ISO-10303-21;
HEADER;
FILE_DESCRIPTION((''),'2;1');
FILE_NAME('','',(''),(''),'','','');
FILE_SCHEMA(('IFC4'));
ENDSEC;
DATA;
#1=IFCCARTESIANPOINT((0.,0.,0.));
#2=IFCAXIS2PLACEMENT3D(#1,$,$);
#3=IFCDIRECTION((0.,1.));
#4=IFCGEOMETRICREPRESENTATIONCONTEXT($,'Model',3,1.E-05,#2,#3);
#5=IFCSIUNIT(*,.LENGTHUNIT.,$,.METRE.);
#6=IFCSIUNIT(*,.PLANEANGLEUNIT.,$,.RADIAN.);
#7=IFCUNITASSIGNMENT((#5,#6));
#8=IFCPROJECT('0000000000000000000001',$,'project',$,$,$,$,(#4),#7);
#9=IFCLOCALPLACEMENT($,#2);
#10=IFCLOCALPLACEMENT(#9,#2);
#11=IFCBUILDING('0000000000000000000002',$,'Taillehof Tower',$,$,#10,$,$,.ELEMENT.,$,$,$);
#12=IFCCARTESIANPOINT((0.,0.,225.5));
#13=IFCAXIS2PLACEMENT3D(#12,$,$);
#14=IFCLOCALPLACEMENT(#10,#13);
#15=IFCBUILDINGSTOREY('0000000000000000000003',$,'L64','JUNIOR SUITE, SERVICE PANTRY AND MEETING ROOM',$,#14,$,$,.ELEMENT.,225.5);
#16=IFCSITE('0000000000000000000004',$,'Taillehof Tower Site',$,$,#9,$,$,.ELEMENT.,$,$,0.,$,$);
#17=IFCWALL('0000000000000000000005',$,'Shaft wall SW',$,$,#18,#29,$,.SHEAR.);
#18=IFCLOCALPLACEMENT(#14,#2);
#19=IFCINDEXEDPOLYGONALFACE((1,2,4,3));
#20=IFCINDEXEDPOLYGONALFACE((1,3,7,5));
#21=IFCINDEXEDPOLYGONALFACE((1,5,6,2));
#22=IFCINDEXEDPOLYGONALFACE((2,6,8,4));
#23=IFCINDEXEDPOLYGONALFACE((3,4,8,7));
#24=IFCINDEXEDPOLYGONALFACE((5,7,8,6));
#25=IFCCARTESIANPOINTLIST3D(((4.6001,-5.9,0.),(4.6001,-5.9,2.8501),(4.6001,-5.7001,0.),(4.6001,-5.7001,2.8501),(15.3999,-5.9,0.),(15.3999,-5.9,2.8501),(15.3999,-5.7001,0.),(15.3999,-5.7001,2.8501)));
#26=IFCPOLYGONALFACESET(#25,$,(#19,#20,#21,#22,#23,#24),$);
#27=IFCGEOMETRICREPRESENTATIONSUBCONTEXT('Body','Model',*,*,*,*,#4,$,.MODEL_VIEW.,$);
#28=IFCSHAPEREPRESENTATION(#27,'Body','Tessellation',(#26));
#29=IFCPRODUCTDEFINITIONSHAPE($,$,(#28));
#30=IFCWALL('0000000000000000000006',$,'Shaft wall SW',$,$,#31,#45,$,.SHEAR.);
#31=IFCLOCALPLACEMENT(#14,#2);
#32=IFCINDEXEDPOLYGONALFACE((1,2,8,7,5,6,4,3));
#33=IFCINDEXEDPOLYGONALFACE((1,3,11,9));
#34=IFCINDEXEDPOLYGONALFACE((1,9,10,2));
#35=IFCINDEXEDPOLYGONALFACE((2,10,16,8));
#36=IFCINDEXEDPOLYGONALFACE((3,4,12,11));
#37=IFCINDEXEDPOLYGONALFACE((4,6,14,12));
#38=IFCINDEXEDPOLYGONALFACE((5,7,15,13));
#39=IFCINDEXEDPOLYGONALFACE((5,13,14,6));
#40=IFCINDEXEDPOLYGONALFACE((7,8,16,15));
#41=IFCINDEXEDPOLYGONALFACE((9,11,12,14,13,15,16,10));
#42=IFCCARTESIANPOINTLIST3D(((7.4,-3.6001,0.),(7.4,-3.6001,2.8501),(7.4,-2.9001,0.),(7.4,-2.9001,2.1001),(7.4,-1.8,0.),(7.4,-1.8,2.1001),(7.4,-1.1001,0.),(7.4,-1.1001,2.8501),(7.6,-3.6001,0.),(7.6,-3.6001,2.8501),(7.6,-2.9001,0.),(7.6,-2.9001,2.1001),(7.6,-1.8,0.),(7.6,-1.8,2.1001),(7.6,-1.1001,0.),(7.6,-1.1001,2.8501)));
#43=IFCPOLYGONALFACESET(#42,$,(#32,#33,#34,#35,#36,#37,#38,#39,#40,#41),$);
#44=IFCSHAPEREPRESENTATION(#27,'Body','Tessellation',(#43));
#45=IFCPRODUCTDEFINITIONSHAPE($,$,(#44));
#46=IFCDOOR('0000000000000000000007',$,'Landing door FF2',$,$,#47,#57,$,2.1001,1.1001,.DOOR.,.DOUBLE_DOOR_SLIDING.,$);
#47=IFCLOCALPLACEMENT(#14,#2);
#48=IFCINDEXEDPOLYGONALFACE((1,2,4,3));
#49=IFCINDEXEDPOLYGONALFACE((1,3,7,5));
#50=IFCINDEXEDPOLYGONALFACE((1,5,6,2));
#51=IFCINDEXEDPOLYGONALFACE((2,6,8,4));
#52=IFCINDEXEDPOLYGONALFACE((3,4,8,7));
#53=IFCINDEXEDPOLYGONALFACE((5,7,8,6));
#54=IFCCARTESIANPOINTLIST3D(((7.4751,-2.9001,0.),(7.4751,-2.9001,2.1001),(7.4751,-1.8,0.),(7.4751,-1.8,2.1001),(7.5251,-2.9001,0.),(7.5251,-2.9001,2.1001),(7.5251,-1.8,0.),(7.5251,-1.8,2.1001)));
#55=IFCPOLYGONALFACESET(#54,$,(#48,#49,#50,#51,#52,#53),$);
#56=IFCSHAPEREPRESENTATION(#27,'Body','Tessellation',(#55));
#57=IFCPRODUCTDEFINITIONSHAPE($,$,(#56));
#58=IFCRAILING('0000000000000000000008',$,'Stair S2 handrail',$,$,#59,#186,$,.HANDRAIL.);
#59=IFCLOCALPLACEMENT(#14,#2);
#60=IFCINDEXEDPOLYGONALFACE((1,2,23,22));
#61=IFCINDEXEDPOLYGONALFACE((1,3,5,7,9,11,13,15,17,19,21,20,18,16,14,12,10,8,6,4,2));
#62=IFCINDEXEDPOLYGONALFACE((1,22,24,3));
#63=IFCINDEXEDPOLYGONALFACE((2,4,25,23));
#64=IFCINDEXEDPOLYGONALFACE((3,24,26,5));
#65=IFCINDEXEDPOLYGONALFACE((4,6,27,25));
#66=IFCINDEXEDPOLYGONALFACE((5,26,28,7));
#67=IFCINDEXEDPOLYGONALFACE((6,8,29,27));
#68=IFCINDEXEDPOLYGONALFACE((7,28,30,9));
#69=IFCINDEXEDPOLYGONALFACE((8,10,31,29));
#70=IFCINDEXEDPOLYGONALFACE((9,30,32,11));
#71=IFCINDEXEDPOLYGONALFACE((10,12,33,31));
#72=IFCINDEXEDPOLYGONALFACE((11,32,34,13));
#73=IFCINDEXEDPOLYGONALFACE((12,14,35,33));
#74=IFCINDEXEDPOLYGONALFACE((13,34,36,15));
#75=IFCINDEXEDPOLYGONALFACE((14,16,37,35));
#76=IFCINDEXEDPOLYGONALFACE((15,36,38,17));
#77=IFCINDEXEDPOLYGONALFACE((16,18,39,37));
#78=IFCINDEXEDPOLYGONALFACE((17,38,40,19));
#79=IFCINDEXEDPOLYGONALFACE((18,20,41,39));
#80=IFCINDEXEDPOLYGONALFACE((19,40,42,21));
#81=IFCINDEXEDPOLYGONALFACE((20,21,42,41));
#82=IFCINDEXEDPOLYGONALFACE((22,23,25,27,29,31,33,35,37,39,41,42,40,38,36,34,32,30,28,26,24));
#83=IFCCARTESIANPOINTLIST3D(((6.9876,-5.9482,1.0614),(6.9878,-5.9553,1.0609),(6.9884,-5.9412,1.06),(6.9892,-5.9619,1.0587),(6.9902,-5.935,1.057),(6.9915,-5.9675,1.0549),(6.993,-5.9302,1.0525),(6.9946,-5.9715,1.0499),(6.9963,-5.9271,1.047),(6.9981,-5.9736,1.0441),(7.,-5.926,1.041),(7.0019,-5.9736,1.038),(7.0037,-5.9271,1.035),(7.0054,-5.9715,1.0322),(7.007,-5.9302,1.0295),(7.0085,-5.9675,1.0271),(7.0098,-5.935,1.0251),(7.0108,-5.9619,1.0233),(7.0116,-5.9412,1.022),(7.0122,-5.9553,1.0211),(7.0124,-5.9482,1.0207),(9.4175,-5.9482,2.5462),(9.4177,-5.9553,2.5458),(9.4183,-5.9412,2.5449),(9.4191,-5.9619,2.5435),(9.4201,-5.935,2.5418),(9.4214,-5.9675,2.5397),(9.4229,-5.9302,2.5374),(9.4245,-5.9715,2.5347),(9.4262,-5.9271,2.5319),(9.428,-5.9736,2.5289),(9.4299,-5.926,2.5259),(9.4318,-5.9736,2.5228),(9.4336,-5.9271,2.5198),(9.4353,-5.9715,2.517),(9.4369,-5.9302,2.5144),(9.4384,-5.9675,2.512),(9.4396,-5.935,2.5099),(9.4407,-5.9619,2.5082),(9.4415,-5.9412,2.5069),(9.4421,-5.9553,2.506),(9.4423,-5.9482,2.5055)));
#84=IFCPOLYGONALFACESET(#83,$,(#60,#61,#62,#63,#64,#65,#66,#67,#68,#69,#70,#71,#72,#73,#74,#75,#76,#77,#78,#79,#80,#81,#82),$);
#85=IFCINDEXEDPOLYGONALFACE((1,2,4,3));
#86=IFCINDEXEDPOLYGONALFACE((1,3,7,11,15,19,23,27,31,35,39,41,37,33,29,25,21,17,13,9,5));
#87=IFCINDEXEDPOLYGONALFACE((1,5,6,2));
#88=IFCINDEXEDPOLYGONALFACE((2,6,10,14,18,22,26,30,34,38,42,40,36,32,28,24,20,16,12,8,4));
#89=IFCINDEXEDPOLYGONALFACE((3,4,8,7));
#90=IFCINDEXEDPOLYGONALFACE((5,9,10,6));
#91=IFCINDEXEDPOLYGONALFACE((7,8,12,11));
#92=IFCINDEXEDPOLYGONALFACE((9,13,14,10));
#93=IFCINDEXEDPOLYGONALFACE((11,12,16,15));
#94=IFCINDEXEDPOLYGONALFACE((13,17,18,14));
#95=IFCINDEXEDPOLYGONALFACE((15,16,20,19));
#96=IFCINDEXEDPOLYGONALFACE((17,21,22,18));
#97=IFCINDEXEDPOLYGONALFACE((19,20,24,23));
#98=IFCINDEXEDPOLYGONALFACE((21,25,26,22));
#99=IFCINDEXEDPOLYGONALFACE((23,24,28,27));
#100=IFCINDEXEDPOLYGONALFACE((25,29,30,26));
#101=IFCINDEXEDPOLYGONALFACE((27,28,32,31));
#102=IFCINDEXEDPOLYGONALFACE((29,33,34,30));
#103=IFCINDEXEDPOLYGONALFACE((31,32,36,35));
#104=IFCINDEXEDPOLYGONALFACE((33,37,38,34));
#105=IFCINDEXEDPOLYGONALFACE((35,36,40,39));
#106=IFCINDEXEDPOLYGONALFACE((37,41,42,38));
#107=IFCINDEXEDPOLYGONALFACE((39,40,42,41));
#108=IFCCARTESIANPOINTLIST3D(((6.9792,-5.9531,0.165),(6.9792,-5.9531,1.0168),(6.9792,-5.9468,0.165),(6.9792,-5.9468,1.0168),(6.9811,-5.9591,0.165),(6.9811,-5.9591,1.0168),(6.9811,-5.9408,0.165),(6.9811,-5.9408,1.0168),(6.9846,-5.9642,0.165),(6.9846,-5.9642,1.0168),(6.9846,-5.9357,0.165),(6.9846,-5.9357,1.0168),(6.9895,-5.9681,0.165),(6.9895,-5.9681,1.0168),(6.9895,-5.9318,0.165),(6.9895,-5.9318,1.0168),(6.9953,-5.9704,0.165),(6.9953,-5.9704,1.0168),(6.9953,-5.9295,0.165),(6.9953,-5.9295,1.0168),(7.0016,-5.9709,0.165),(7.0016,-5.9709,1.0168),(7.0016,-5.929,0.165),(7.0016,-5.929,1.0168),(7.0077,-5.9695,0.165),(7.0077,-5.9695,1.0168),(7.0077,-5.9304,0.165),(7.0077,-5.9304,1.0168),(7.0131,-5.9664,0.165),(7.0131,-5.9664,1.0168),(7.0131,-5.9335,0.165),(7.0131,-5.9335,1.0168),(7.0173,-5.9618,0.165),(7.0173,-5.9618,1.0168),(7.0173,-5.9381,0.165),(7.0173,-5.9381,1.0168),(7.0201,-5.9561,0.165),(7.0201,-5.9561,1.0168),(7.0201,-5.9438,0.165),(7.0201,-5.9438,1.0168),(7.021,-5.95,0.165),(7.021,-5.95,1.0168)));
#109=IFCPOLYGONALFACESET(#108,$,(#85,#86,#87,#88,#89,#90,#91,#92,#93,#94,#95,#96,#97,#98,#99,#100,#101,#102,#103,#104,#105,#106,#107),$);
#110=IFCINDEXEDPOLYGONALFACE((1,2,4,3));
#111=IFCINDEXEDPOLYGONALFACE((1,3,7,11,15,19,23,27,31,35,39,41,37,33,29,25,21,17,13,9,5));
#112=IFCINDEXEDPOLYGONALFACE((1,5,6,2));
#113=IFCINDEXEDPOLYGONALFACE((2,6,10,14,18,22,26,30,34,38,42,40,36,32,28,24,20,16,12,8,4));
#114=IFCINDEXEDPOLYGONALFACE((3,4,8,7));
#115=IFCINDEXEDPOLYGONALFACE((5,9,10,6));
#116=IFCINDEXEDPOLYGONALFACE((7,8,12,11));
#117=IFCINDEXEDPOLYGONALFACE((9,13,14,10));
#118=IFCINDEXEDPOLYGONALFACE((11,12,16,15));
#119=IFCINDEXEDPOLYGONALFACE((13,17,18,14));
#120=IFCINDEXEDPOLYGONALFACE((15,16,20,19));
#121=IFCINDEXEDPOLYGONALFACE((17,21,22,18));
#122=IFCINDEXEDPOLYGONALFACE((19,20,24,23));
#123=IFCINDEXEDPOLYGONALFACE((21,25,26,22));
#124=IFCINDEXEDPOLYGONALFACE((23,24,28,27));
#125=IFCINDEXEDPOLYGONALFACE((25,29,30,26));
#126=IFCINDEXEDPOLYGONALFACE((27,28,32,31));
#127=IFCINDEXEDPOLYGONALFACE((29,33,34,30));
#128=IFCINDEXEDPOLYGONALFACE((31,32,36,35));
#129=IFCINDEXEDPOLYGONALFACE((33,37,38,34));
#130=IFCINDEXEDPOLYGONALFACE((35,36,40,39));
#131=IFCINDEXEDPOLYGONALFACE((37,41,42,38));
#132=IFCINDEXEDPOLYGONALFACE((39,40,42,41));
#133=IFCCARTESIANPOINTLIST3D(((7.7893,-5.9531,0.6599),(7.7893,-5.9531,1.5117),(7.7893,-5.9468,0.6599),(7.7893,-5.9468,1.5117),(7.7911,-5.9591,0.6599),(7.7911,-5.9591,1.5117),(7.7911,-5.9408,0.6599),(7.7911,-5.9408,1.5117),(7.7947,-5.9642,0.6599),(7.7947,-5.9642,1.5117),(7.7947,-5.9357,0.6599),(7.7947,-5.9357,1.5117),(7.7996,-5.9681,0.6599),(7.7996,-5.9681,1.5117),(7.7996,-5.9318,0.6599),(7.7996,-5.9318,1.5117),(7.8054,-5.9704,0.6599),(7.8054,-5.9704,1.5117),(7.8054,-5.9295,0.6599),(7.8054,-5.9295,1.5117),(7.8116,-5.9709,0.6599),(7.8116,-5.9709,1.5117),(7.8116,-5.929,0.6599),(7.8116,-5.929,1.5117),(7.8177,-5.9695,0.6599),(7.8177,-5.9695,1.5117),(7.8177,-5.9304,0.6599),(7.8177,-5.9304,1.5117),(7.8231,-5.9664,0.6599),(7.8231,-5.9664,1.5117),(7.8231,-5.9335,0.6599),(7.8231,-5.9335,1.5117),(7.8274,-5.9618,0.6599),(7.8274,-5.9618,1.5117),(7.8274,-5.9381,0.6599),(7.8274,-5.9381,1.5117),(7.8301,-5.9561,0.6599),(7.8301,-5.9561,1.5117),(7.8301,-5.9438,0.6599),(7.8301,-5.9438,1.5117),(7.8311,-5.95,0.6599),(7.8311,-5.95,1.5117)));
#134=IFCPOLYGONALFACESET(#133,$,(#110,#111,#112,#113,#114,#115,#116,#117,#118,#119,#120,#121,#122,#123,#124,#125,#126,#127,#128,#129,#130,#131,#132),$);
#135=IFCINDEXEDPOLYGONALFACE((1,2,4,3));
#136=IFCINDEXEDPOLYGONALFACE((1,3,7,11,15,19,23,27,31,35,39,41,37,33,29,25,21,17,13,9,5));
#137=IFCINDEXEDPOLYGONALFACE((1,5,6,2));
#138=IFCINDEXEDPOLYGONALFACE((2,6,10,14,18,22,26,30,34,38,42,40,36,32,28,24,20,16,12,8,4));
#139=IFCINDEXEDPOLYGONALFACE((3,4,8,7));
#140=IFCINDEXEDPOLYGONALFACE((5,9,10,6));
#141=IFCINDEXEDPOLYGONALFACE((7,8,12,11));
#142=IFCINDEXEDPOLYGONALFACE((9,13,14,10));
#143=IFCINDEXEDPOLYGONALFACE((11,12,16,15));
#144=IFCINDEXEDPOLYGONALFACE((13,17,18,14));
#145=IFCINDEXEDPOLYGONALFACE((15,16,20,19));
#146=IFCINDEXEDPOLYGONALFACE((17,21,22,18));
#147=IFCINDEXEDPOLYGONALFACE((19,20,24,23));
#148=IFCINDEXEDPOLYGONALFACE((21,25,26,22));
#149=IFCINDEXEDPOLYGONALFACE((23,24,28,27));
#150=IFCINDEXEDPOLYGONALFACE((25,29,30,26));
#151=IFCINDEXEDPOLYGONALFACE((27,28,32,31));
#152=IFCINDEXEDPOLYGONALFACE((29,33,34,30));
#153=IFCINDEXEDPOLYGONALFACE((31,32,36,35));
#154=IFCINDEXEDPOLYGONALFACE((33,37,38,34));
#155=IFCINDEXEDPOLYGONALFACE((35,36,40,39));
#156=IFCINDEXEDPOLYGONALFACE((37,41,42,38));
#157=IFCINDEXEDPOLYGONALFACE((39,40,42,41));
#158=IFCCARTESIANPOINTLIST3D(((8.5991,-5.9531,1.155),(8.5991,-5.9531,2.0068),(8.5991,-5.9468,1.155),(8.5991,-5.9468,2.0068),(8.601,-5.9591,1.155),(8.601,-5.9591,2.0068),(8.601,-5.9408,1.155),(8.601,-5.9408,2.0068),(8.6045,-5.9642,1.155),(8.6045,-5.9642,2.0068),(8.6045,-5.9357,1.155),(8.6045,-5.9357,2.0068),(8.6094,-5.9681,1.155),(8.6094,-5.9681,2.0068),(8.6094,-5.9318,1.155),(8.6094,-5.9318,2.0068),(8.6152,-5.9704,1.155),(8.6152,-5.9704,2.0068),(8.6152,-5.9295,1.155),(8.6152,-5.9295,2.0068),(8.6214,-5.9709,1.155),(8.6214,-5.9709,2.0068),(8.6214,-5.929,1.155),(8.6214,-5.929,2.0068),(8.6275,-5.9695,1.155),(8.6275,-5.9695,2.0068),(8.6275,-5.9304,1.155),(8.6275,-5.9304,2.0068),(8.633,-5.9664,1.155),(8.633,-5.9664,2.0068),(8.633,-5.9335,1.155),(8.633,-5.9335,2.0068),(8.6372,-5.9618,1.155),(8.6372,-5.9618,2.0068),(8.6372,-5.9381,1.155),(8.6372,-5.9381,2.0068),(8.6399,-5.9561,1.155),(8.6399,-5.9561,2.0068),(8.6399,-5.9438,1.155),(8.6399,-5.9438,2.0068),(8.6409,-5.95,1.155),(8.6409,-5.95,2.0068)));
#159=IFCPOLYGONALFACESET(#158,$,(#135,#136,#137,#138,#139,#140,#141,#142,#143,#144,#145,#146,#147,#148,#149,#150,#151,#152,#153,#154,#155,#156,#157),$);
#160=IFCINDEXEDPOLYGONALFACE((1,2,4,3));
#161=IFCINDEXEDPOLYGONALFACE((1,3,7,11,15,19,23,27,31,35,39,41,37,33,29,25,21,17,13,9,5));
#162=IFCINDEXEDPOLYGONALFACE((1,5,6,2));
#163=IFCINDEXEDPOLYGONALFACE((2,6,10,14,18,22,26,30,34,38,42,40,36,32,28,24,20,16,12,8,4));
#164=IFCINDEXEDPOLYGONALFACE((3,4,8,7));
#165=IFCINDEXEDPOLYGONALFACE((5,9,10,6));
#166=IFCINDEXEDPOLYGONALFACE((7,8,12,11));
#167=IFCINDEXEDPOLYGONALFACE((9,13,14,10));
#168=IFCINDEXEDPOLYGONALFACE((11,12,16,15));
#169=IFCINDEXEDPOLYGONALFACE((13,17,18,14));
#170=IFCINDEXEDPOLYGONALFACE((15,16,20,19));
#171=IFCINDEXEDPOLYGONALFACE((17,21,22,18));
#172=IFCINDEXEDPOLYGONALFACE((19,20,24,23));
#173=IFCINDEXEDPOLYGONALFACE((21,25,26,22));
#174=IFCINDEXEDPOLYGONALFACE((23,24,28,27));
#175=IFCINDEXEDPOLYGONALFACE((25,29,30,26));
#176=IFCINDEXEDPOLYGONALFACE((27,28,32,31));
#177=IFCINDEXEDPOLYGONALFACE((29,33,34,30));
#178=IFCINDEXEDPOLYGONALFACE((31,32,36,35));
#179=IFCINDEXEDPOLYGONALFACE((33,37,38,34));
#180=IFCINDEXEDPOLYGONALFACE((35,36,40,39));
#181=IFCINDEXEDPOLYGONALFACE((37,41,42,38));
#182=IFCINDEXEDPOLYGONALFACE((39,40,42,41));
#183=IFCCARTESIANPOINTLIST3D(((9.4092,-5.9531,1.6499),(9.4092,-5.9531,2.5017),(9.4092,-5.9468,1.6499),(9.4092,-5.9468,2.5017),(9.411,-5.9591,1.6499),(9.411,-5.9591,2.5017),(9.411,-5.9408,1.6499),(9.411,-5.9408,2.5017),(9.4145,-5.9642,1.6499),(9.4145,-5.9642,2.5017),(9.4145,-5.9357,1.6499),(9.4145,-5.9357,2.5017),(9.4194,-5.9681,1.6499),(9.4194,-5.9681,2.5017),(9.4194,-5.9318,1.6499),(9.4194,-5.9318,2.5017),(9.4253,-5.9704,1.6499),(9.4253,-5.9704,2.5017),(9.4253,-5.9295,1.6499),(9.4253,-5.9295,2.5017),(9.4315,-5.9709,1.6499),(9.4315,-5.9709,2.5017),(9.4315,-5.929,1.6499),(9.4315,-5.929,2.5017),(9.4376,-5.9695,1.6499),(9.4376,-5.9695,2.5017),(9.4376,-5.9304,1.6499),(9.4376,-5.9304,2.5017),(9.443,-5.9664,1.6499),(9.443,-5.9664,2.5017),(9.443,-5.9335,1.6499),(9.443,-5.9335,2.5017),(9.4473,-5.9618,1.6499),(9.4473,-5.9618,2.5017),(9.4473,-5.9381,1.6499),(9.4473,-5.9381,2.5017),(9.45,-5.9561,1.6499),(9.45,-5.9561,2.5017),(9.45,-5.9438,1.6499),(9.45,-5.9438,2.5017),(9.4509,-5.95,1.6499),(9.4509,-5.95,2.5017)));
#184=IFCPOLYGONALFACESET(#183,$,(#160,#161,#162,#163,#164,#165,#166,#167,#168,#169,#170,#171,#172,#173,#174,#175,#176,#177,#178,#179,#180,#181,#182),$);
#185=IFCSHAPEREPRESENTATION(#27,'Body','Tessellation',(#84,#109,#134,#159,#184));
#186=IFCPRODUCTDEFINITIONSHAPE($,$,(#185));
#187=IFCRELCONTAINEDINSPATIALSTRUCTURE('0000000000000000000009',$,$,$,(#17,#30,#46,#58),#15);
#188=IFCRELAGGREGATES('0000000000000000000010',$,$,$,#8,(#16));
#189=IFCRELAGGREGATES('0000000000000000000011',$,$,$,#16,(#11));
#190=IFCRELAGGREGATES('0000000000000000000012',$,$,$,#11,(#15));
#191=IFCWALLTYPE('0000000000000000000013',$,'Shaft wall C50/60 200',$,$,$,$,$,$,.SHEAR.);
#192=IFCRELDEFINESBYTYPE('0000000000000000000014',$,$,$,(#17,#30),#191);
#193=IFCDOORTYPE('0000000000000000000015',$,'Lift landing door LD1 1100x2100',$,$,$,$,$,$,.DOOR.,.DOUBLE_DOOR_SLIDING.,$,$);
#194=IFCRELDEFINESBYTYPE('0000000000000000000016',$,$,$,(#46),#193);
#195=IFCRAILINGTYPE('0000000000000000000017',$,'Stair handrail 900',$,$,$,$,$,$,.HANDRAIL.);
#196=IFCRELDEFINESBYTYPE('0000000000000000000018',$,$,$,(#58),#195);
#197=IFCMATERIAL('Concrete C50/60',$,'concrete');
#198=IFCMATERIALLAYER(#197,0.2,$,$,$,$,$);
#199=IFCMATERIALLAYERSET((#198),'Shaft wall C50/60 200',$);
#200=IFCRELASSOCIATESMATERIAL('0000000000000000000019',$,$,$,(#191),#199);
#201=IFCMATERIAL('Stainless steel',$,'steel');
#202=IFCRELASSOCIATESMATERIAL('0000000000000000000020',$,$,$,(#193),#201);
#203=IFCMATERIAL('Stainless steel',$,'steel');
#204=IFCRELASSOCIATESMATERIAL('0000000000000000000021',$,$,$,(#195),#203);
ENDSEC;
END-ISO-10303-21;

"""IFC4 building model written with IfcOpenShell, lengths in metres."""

from ifc_helpers import new_model, si_unit, direction, frame, frame_2d, origin, origin_2d, place, context, subcontext, project, spatial, rectangle, circle, extrude, material, layer, layer_set, type_object, element, fill, save


model = new_model("IFC4")

# Units and contexts
model_context = context("Model", 3, precision=1e-05, world=origin(), true_north=direction((0.0, 1.0)))
body_context = subcontext(model_context, "Body", "Model", "MODEL_VIEW")
ifc_project = project(units=[si_unit("LENGTHUNIT", "METRE"), si_unit("PLANEANGLEUNIT", "RADIAN")], contexts=[model_context])

# Site, building, storey
site_placement = place(None, origin())
site = spatial("IfcSite", under=ifc_project, at=site_placement, Name="Taillehof Tower Site", CompositionType="ELEMENT", RefElevation=0.0)
building_placement = place(site_placement, origin())
building = spatial("IfcBuilding", under=site, at=building_placement, Name="Taillehof Tower", CompositionType="ELEMENT")
storey_placement = place(building_placement, frame((0.0, 0.0, 225.5)))
storey = spatial("IfcBuildingStorey", under=building, at=storey_placement, Name="L64", Description="JUNIOR SUITE, SERVICE PANTRY AND MEETING ROOM", CompositionType="ELEMENT", Elevation=225.5)

# Shared definitions
ifc_material_1 = material(Name="Concrete C50/60", Category="concrete")
ifc_layer_1 = layer(ifc_material_1, 0.2)
ifc_layer_set_1 = layer_set([ifc_layer_1], Name="Shaft wall C50/60 200")
wall_type_1 = type_object("IfcWallType", Name="Shaft wall C50/60 200", PredefinedType="SHEAR", material=ifc_layer_set_1)

# Shared definitions
ifc_material_2 = material(Name="Stainless steel", Category="steel")
door_type_1 = type_object("IfcDoorType", Name="Lift landing door LD1 1100x2100", OperationType="DOUBLE_DOOR_SLIDING", PredefinedType="DOOR", material=ifc_material_2)

# Wall
wall_1_placement = place(storey_placement, frame((4.6001, -5.8, 0.0), z_axis=(0.0, 0.0, 1.0), x_axis=(1.0, 0.0, 0.0)))
element("IfcWall", 1, at=wall_1_placement, inside=storey, type_object=wall_type_1, Name="Shaft wall SW", PredefinedType="SHEAR", context=body_context, shape_type="SweptSolid", body=[
    extrude(rectangle(XDim=10.7998, YDim=0.2, at=frame_2d((5.3999, 0.0))), origin(), (0.0, 0.0, 1.0), 2.8501),
])

# Wall, opening, door
wall_2_placement = place(storey_placement, frame((7.5, -3.6001, 0.0), z_axis=(0.0, 0.0, 1.0), x_axis=(0.0, 1.0, 0.0)))
wall_2 = element("IfcWall", 2, at=wall_2_placement, inside=storey, type_object=wall_type_1, Name="Shaft wall SW", PredefinedType="SHEAR", context=body_context, shape_type="SweptSolid", body=[
    extrude(rectangle(XDim=2.5, YDim=0.2, at=frame_2d((1.25, 0.0))), origin(), (0.0, 0.0, 1.0), 2.8501),
])
opening_1_placement = place(wall_2_placement, frame((0.7, 0.0, 0.0)))
opening_1 = element("IfcOpeningElement", 3, at=opening_1_placement, cuts=wall_2, PredefinedType="OPENING", context=body_context, shape_type="SweptSolid", body=[
    extrude(rectangle(XDim=1.1001, YDim=2.1001, at=frame_2d((0.55, 1.05))), frame((0.0, 0.1099, 0.0), z_axis=(0.0, -1.0, 0.0), x_axis=(1.0, 0.0, 0.0)), (0.0, 0.0, 1.0), 0.22),
])
door_1_placement = place(opening_1_placement, origin())
door_1 = element("IfcDoor", 4, at=door_1_placement, inside=storey, type_object=door_type_1, Name="Landing door FF2", OperationType="DOUBLE_DOOR_SLIDING", OverallHeight=2.1001, OverallWidth=1.1001, PredefinedType="DOOR", context=body_context, shape_type="SweptSolid", body=[
    extrude(rectangle(XDim=1.1001, YDim=2.1001, at=frame_2d((0.55, 1.05))), frame((0.0, 0.0249, 0.0), z_axis=(0.0, -1.0, 0.0), x_axis=(1.0, 0.0, 0.0)), (0.0, 0.0, 1.0), 0.05),
])
fill(opening_1, door_1)

# Railing
ifc_material_3 = material(Name="Stainless steel", Category="steel")
railing_type = type_object("IfcRailingType", Name="Stair handrail 900", PredefinedType="HANDRAIL", material=ifc_material_3)
railing_placement = place(storey_placement, frame((7.0, -5.95, 0.165)))
element("IfcRailing", 5, at=railing_placement, inside=storey, type_object=railing_type, Name="Stair S2 handrail", PredefinedType="HANDRAIL", context=body_context, shape_type="SweptSolid", body=[
    extrude(circle(Radius=0.0239, at=origin_2d()), frame((0.0, 0.0, 0.876), z_axis=(0.853297, 0.0, 0.521426), x_axis=(0.0, 1.0, 0.0)), (0.0, 0.0, 1.0), 2.8477),
    extrude(circle(Radius=0.021, at=origin_2d()), origin(), (0.0, 0.0, 1.0), 0.8518),
    extrude(circle(Radius=0.021, at=origin_2d()), frame((0.8101, 0.0, 0.4949)), (0.0, 0.0, 1.0), 0.8518),
    extrude(circle(Radius=0.021, at=origin_2d()), frame((1.6199, 0.0, 0.99)), (0.0, 0.0, 1.0), 0.8518),
    extrude(circle(Radius=0.021, at=origin_2d()), frame((2.4299, 0.0, 1.4849)), (0.0, 0.0, 1.0), 0.8518),
])

save(model, "model.ifc")
